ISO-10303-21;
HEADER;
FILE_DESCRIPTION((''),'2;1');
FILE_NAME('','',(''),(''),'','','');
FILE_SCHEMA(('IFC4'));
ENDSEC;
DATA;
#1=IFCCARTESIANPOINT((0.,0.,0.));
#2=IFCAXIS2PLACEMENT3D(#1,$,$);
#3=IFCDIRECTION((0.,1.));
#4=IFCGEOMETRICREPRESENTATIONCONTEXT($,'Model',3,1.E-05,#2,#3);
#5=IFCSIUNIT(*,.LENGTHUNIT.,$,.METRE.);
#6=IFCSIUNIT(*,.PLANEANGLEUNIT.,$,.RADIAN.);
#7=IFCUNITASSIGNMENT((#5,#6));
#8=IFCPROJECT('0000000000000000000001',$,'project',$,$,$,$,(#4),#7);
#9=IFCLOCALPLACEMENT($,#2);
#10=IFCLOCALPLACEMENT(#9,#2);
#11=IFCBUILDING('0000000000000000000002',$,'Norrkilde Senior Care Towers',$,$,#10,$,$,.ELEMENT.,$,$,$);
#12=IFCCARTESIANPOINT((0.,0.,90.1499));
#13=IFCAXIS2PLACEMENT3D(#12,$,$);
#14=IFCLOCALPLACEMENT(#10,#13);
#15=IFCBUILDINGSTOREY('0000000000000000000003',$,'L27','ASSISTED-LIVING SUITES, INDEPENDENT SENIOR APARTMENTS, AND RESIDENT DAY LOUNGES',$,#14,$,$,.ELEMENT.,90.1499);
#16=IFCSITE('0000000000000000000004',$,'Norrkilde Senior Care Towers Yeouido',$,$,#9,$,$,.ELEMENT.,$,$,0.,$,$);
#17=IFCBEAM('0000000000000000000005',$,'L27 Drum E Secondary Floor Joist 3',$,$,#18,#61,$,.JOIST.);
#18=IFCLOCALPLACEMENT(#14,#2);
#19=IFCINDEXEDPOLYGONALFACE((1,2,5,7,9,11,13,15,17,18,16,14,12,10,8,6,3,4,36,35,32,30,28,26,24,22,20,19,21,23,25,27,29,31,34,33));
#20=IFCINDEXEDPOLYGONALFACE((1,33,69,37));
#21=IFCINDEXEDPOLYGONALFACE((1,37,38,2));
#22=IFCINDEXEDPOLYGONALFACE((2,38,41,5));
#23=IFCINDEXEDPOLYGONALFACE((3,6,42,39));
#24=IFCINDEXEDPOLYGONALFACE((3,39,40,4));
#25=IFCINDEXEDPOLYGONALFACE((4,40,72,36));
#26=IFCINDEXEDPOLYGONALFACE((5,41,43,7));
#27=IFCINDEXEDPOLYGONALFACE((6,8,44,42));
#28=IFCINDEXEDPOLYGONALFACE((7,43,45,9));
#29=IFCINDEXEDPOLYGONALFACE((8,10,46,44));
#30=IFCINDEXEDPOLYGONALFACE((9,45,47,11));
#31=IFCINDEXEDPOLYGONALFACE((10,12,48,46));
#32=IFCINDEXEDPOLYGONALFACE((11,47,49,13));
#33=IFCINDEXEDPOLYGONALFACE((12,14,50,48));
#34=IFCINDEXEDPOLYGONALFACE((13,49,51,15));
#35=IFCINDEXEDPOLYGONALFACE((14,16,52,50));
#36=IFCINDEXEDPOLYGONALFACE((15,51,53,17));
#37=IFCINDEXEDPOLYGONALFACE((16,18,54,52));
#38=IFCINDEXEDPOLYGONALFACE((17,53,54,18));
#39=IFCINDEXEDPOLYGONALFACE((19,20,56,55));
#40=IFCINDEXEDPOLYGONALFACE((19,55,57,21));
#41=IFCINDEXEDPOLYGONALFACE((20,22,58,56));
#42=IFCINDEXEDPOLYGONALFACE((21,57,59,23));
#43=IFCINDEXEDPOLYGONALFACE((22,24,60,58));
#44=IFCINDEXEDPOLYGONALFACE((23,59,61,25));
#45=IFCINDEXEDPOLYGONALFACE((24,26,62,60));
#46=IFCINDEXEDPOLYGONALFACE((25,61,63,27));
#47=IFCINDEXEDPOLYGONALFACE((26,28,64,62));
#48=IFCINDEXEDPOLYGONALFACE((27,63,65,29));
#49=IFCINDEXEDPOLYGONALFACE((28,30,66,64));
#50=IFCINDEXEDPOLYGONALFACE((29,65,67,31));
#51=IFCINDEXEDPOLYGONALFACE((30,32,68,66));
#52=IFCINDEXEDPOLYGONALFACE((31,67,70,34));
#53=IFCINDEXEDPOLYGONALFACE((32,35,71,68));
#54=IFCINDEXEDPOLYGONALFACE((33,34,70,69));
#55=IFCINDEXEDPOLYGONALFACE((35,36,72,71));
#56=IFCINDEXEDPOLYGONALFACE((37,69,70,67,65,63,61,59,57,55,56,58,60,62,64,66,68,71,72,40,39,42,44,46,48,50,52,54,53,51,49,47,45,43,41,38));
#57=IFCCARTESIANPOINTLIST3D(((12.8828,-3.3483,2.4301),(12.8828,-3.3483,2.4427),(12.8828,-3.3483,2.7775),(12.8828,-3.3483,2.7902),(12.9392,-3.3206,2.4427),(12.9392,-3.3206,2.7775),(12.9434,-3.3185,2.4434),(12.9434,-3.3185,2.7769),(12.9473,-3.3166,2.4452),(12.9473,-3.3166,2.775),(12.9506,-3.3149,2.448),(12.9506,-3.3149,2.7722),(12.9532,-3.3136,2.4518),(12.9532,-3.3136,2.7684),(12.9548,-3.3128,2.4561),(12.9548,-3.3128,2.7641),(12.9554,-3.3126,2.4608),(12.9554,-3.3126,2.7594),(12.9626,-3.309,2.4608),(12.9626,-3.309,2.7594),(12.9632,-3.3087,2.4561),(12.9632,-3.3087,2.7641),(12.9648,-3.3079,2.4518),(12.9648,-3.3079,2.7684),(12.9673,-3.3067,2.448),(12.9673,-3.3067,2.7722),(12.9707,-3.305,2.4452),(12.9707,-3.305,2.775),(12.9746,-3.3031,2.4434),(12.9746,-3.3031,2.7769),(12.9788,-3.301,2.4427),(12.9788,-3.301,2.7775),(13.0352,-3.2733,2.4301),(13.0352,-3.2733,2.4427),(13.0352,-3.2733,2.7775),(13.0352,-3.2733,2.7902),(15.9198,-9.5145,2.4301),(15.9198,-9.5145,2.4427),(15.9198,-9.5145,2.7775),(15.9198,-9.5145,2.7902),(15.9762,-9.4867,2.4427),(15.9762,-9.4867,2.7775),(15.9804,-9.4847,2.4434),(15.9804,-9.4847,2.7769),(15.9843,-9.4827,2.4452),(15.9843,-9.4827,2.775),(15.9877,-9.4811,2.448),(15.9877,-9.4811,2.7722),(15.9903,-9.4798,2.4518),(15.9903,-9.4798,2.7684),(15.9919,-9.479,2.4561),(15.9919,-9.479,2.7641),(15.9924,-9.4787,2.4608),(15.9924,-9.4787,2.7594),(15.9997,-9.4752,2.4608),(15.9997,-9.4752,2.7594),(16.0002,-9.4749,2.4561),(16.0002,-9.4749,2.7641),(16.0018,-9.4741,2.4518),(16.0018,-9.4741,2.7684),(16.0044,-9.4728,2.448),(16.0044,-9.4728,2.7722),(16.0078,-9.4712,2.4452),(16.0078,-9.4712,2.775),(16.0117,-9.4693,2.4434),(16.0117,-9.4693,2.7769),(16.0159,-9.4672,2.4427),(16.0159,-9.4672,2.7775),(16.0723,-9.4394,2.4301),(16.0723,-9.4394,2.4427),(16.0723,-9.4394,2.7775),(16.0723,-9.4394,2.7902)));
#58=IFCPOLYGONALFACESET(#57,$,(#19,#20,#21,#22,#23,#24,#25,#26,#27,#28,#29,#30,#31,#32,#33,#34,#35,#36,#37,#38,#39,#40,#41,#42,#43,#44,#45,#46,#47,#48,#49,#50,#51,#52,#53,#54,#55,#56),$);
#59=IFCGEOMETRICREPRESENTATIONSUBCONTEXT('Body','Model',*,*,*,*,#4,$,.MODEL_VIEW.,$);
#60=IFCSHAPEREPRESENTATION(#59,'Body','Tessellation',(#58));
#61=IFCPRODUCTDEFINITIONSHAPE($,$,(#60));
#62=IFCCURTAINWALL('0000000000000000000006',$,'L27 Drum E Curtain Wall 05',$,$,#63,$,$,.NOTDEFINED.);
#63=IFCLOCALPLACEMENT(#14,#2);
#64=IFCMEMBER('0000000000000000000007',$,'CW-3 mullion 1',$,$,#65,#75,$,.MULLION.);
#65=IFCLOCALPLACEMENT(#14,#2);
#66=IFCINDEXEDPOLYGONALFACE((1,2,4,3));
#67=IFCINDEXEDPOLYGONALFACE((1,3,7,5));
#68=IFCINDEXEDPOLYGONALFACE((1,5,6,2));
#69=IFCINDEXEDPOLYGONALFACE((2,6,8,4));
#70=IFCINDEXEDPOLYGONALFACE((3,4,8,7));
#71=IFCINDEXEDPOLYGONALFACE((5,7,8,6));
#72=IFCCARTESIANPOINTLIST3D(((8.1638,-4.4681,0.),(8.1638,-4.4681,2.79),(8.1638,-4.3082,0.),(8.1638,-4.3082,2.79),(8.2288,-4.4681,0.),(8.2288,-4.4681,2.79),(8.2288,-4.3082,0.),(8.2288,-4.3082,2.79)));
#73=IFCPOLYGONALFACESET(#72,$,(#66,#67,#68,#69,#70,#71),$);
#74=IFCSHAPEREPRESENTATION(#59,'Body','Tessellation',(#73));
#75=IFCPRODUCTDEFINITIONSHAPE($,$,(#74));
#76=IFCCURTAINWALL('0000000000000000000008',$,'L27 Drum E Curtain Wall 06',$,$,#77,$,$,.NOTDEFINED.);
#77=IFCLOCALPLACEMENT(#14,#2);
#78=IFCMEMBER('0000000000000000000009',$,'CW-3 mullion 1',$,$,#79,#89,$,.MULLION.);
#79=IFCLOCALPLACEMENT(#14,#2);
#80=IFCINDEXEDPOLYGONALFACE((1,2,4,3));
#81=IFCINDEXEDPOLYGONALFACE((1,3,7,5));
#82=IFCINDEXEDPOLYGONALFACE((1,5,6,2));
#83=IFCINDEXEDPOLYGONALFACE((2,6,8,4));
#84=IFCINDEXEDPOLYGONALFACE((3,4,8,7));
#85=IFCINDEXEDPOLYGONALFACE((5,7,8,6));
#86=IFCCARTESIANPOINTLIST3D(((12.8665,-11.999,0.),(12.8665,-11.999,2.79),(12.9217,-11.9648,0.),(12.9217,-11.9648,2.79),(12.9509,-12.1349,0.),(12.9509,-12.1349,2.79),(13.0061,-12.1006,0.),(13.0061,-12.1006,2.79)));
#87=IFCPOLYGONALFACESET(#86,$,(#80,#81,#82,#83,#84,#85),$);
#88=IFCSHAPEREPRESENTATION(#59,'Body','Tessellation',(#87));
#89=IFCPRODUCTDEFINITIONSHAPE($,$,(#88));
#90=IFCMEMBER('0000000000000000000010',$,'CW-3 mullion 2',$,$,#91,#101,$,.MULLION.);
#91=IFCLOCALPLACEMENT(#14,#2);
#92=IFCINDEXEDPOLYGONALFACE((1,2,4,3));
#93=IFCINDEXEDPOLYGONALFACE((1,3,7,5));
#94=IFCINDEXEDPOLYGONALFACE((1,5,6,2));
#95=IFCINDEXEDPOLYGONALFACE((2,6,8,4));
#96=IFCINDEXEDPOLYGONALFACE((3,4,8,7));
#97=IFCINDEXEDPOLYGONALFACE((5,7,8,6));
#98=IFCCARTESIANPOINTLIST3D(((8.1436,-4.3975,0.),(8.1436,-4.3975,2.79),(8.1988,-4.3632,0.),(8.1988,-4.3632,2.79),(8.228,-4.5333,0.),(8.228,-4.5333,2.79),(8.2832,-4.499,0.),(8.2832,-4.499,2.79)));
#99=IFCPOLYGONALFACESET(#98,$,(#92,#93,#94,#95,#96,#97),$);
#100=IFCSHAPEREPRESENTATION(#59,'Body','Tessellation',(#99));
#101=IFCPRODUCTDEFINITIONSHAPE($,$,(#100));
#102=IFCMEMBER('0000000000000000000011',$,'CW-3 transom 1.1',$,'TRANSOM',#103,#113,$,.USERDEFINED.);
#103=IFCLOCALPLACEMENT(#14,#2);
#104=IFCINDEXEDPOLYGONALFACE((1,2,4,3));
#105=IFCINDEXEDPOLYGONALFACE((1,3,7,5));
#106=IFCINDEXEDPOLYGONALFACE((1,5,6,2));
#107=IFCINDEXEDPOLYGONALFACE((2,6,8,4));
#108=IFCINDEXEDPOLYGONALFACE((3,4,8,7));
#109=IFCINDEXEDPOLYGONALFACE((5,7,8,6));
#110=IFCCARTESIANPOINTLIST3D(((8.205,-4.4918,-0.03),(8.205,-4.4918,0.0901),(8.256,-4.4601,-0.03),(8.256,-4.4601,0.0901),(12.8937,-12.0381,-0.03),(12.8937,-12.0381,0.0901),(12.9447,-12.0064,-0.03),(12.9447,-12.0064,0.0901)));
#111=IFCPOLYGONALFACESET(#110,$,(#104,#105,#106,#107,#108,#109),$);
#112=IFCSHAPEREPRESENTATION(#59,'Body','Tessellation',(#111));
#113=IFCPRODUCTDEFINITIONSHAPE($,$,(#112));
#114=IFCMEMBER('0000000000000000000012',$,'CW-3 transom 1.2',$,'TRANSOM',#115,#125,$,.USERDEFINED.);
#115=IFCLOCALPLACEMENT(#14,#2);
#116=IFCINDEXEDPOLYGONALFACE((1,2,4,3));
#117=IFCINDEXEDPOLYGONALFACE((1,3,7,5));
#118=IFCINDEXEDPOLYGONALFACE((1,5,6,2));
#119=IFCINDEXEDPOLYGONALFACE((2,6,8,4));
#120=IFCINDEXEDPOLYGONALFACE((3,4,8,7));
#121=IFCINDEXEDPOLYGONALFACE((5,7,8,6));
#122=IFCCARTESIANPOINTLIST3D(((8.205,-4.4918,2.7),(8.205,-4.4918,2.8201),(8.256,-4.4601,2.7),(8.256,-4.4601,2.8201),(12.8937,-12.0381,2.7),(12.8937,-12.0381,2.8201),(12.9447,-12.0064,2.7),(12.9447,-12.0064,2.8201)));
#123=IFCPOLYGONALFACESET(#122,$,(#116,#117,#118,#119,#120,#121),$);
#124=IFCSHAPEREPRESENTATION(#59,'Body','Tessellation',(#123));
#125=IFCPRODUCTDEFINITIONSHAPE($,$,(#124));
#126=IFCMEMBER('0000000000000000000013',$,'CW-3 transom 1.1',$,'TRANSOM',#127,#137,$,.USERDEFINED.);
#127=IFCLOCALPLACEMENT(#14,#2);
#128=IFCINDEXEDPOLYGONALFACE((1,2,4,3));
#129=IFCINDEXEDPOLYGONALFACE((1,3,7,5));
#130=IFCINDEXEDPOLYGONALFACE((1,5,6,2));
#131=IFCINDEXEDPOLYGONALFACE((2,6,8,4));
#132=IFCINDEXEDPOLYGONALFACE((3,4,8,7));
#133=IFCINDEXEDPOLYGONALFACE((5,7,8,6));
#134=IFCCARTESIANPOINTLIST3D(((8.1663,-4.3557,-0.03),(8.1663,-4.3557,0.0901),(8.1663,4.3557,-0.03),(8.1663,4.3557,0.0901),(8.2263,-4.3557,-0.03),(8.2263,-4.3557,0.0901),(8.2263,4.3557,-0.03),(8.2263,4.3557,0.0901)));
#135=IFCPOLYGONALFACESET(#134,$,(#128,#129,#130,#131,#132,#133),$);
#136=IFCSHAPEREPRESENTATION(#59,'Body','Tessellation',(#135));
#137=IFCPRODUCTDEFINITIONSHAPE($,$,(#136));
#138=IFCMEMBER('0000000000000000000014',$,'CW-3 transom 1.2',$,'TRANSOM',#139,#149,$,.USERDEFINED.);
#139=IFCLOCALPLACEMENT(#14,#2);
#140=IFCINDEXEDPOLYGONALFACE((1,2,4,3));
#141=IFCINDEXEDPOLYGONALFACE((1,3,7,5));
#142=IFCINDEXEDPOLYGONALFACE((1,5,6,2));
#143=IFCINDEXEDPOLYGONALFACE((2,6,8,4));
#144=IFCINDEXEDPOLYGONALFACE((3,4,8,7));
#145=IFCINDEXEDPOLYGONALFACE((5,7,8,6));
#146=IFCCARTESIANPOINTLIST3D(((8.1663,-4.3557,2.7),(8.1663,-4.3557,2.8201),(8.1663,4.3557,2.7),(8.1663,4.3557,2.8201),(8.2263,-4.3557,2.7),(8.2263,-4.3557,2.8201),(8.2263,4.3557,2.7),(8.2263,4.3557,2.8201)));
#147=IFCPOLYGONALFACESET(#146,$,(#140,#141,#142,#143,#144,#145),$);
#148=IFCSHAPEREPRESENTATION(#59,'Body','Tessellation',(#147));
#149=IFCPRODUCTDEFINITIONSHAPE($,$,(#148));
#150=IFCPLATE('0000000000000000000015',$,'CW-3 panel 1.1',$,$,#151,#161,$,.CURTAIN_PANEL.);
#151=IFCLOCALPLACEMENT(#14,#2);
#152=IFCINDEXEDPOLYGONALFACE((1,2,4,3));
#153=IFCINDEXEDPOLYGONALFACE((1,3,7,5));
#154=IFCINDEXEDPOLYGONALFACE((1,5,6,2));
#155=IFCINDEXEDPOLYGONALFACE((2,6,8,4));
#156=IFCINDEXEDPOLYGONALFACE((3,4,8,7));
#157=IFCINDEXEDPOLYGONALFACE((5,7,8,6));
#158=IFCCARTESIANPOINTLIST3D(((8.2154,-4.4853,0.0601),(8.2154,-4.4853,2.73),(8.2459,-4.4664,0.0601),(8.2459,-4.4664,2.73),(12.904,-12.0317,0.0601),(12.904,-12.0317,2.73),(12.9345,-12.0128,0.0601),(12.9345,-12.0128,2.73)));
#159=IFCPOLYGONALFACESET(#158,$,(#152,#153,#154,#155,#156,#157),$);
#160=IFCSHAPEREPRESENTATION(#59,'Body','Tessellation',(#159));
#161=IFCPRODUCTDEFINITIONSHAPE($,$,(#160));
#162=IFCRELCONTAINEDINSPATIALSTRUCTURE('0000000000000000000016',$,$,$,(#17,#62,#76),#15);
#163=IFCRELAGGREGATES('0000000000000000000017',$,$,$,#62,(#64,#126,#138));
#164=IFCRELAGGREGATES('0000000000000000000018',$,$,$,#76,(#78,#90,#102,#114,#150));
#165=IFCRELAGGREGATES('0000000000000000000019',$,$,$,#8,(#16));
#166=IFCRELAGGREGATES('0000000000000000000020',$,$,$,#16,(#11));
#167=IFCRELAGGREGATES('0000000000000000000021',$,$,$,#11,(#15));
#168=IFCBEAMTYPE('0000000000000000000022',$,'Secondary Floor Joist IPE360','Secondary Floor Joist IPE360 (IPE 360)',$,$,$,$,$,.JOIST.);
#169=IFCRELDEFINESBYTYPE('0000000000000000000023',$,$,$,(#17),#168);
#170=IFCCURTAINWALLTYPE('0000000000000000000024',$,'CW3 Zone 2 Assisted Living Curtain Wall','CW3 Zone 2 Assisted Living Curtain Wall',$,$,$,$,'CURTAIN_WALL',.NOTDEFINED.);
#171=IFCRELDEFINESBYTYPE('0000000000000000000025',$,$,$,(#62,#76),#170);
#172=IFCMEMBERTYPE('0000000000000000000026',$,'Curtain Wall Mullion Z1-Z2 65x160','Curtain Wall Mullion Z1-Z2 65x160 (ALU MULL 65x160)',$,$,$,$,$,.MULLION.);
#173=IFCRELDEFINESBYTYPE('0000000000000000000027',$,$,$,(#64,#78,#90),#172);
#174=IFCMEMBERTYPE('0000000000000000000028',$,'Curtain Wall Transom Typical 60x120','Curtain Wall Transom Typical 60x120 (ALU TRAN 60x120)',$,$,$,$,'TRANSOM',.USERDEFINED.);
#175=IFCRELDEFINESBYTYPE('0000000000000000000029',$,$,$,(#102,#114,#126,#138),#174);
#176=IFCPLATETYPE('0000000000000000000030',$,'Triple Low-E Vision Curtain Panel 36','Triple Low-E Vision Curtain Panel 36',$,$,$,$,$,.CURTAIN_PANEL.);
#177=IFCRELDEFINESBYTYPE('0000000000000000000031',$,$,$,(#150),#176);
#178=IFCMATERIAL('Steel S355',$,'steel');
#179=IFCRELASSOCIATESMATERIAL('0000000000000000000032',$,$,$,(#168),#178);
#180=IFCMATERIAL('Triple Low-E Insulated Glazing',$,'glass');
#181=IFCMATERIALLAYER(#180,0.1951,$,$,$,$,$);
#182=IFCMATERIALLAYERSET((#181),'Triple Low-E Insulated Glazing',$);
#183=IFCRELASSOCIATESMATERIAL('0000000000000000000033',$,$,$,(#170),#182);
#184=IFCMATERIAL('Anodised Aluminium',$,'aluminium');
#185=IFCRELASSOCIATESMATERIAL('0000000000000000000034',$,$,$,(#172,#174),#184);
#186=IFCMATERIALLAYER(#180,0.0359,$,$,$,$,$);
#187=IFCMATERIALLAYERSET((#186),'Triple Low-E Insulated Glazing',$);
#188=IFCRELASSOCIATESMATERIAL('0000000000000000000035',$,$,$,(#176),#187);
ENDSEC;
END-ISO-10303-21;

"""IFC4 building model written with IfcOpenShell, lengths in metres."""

from ifc_helpers import new_model, si_unit, direction, frame, origin, origin_2d, place, context, subcontext, project, spatial, rectangle, i_section, extrude, source, transform, mapped, material, layer, layer_set, material_profile, profile_set, type_object, type_shapes, element, aggregate, save


model = new_model("IFC4")

# Units and contexts
model_context = context("Model", 3, precision=1e-05, world=origin(), true_north=direction((0.0, 1.0)))
body_context = subcontext(model_context, "Body", "Model", "MODEL_VIEW")
ifc_project = project(units=[si_unit("LENGTHUNIT", "METRE"), si_unit("PLANEANGLEUNIT", "RADIAN")], contexts=[model_context])

# Site, building, storey
site_placement = place(None, origin())
site = spatial("IfcSite", under=ifc_project, at=site_placement, Name="Norrkilde Senior Care Towers Yeouido", CompositionType="ELEMENT", RefElevation=0.0)
building_placement = place(site_placement, origin())
building = spatial("IfcBuilding", under=site, at=building_placement, Name="Norrkilde Senior Care Towers", CompositionType="ELEMENT")
storey_placement = place(building_placement, frame((0.0, 0.0, 90.1499)))
storey = spatial("IfcBuildingStorey", under=building, at=storey_placement, Name="L27", Description="ASSISTED-LIVING SUITES, INDEPENDENT SENIOR APARTMENTS, AND RESIDENT DAY LOUNGES", CompositionType="ELEMENT", Elevation=90.1499)

# Beam
ifc_material_1 = material(Name="Steel S355", Category="steel")
ifc_material_profile_1 = material_profile(ifc_material_1, i_section(OverallWidth=0.1699, OverallDepth=0.3601, WebThickness=0.0081, FlangeThickness=0.0127, FilletRadius=0.0181, at=origin_2d()), Name="IPE 360")
ifc_profile_set_1 = profile_set([ifc_material_profile_1], Name="Steel S355")
beam_type_1 = type_object("IfcBeamType", Name="Secondary Floor Joist IPE360", Description="Secondary Floor Joist IPE360 (IPE 360)", PredefinedType="JOIST", material=ifc_profile_set_1)
shared_shape_1 = source(origin(), body_context, "Body", "SweptSolid", [
    extrude(i_section(OverallWidth=0.1699, OverallDepth=0.3601, WebThickness=0.0081, FlangeThickness=0.0127, FilletRadius=0.0181, at=origin_2d()), origin(), (0.0, 0.0, 1.0), 6.8735),
])
type_shapes(beam_type_1, [shared_shape_1])
beam_1_placement = place(storey_placement, frame((12.959, -3.3108, 2.6101), z_axis=(0.441849, -0.897089, 0.0), x_axis=(0.897089, 0.441849, 0.0)))
element("IfcBeam", 1, at=beam_1_placement, inside=storey, type_object=beam_type_1, Name="L27 Drum E Secondary Floor Joist 3", PredefinedType="JOIST", context=body_context, shape_type="MappedRepresentation", body=[
    mapped(shared_shape_1, transform((0.0, 0.0, 0.0), x_axis=(1.0, 0.0, 0.0), y_axis=(0.0, 1.0, 0.0), z_axis=(0.0, 0.0, 1.0), scale=1.0)),
])

# Curtain wall, member
ifc_material_2 = material(Name="Triple Low-E Insulated Glazing", Category="glass")
ifc_layer_1 = layer(ifc_material_2, 0.1951)
ifc_layer_set_1 = layer_set([ifc_layer_1], Name="Triple Low-E Insulated Glazing")
curtain_wall_type = type_object("IfcCurtainWallType", Name="CW3 Zone 2 Assisted Living Curtain Wall", Description="CW3 Zone 2 Assisted Living Curtain Wall", ElementType="CURTAIN_WALL", PredefinedType="NOTDEFINED", material=ifc_layer_set_1)
curtain_wall_1_placement = place(storey_placement, origin())
curtain_wall_1 = element("IfcCurtainWall", 2, at=curtain_wall_1_placement, inside=storey, type_object=curtain_wall_type, Name="L27 Drum E Curtain Wall 05", PredefinedType="NOTDEFINED")
ifc_material_3 = material(Name="Anodised Aluminium", Category="aluminium")
ifc_material_profile_2 = material_profile(ifc_material_3, rectangle(XDim=0.0649, YDim=0.1599, at=origin_2d()), Name="ALU MULL 65x160")
ifc_profile_set_2 = profile_set([ifc_material_profile_2], Name="Anodised Aluminium")
member_type_1 = type_object("IfcMemberType", Name="Curtain Wall Mullion Z1-Z2 65x160", Description="Curtain Wall Mullion Z1-Z2 65x160 (ALU MULL 65x160)", PredefinedType="MULLION", material=ifc_profile_set_2)
shared_shape_2 = source(origin(), body_context, "Body", "SweptSolid", [
    extrude(rectangle(XDim=0.0649, YDim=0.1599, at=origin_2d()), origin(), (0.0, 0.0, 1.0), 2.79),
])
type_shapes(member_type_1, [shared_shape_2])
member_1_placement = place(storey_placement, frame((8.1963, -4.3882, 0.0), z_axis=(0.0, 0.0, 1.0), x_axis=(-1.0, 0.0, 0.0)))
member_1 = element("IfcMember", 3, at=member_1_placement, type_object=member_type_1, Name="CW-3 mullion 1", PredefinedType="MULLION", context=body_context, shape_type="MappedRepresentation", body=[
    mapped(shared_shape_2, transform((0.0, 0.0, 0.0), x_axis=(1.0, 0.0, 0.0), y_axis=(0.0, 1.0, 0.0), z_axis=(0.0, 0.0, 1.0), scale=1.0)),
])

# Curtain wall, members
curtain_wall_2_placement = place(storey_placement, origin())
curtain_wall_2 = element("IfcCurtainWall", 4, at=curtain_wall_2_placement, inside=storey, type_object=curtain_wall_type, Name="L27 Drum E Curtain Wall 06", PredefinedType="NOTDEFINED")
member_2_placement = place(storey_placement, frame((12.9363, -12.0498, 0.0), z_axis=(0.0, 0.0, 1.0), x_axis=(-0.84941, -0.527733, 0.0)))
member_2 = element("IfcMember", 5, at=member_2_placement, type_object=member_type_1, Name="CW-3 mullion 1", PredefinedType="MULLION", context=body_context, shape_type="MappedRepresentation", body=[
    mapped(shared_shape_2, transform((0.0, 0.0, 0.0), x_axis=(1.0, 0.0, 0.0), y_axis=(0.0, 1.0, 0.0), z_axis=(0.0, 0.0, 1.0), scale=1.0)),
])
member_3_placement = place(storey_placement, frame((8.2134, -4.4482, 0.0), z_axis=(0.0, 0.0, 1.0), x_axis=(-0.84941, -0.527733, 0.0)))
member_3 = element("IfcMember", 6, at=member_3_placement, type_object=member_type_1, Name="CW-3 mullion 2", PredefinedType="MULLION", context=body_context, shape_type="MappedRepresentation", body=[
    mapped(shared_shape_2, transform((0.0, 0.0, 0.0), x_axis=(1.0, 0.0, 0.0), y_axis=(0.0, 1.0, 0.0), z_axis=(0.0, 0.0, 1.0), scale=1.0)),
])
ifc_material_profile_3 = material_profile(ifc_material_3, rectangle(XDim=0.0601, YDim=0.1201, at=origin_2d()), Name="ALU TRAN 60x120")
ifc_profile_set_3 = profile_set([ifc_material_profile_3], Name="Anodised Aluminium")
member_type_2 = type_object("IfcMemberType", Name="Curtain Wall Transom Typical 60x120", Description="Curtain Wall Transom Typical 60x120 (ALU TRAN 60x120)", ElementType="TRANSOM", PredefinedType="USERDEFINED", material=ifc_profile_set_3)
shared_shape_3 = source(origin(), body_context, "Body", "SweptSolid", [
    extrude(rectangle(XDim=0.0601, YDim=0.1201, at=origin_2d()), origin(), (0.0, 0.0, 1.0), 8.8843),
])
member_4_placement = place(storey_placement, frame((12.9192, -12.0222, 0.03), z_axis=(-0.527749, 0.8494, 0.0), x_axis=(-0.8494, -0.527749, 0.0)))
member_4 = element("IfcMember", 7, at=member_4_placement, type_object=member_type_2, Name="CW-3 transom 1.1", ObjectType="TRANSOM", PredefinedType="USERDEFINED", context=body_context, shape_type="MappedRepresentation", body=[
    mapped(shared_shape_3, transform((0.0, 0.0, 0.0), x_axis=(1.0, 0.0, 0.0), y_axis=(0.0, 1.0, 0.0), z_axis=(0.0, 0.0, 1.0), scale=1.0)),
])
member_5_placement = place(storey_placement, frame((12.9192, -12.0222, 2.76), z_axis=(-0.527749, 0.8494, 0.0), x_axis=(-0.8494, -0.527749, 0.0)))
member_5 = element("IfcMember", 8, at=member_5_placement, type_object=member_type_2, Name="CW-3 transom 1.2", ObjectType="TRANSOM", PredefinedType="USERDEFINED", context=body_context, shape_type="MappedRepresentation", body=[
    mapped(shared_shape_3, transform((0.0, 0.0, 0.0), x_axis=(1.0, 0.0, 0.0), y_axis=(0.0, 1.0, 0.0), z_axis=(0.0, 0.0, 1.0), scale=1.0)),
])

# Members
shared_shape_4 = source(origin(), body_context, "Body", "SweptSolid", [
    extrude(rectangle(XDim=0.0601, YDim=0.1201, at=origin_2d()), origin(), (0.0, 0.0, 1.0), 8.7114),
])
type_shapes(member_type_2, [shared_shape_3, shared_shape_4])
member_6_placement = place(storey_placement, frame((8.1963, -4.3557, 0.03), z_axis=(0.0, 1.0, 0.0), x_axis=(-1.0, 0.0, 0.0)))
member_6 = element("IfcMember", 9, at=member_6_placement, type_object=member_type_2, Name="CW-3 transom 1.1", ObjectType="TRANSOM", PredefinedType="USERDEFINED", context=body_context, shape_type="MappedRepresentation", body=[
    mapped(shared_shape_4, transform((0.0, 0.0, 0.0), x_axis=(1.0, 0.0, 0.0), y_axis=(0.0, 1.0, 0.0), z_axis=(0.0, 0.0, 1.0), scale=1.0)),
])
member_7_placement = place(storey_placement, frame((8.1963, -4.3557, 2.76), z_axis=(0.0, 1.0, 0.0), x_axis=(-1.0, 0.0, 0.0)))
member_7 = element("IfcMember", 10, at=member_7_placement, type_object=member_type_2, Name="CW-3 transom 1.2", ObjectType="TRANSOM", PredefinedType="USERDEFINED", context=body_context, shape_type="MappedRepresentation", body=[
    mapped(shared_shape_4, transform((0.0, 0.0, 0.0), x_axis=(1.0, 0.0, 0.0), y_axis=(0.0, 1.0, 0.0), z_axis=(0.0, 0.0, 1.0), scale=1.0)),
])
aggregate(curtain_wall_1, [member_1, member_6, member_7])

# Plate
ifc_layer_2 = layer(ifc_material_2, 0.0359)
ifc_layer_set_2 = layer_set([ifc_layer_2], Name="Triple Low-E Insulated Glazing")
plate_type = type_object("IfcPlateType", Name="Triple Low-E Vision Curtain Panel 36", Description="Triple Low-E Vision Curtain Panel 36", PredefinedType="CURTAIN_PANEL", material=ifc_layer_set_2)
shared_shape_5 = source(origin(), body_context, "Body", "SweptSolid", [
    extrude(rectangle(XDim=8.8843, YDim=0.0359, at=origin_2d()), origin(), (0.0, 0.0, 1.0), 2.6699),
])
type_shapes(plate_type, [shared_shape_5])
plate_placement = place(storey_placement, frame((10.575, -8.249, 0.0601), z_axis=(0.0, 0.0, 1.0), x_axis=(-0.527733, 0.84941, 0.0)))
plate = element("IfcPlate", 11, at=plate_placement, type_object=plate_type, Name="CW-3 panel 1.1", PredefinedType="CURTAIN_PANEL", context=body_context, shape_type="MappedRepresentation", body=[
    mapped(shared_shape_5, transform((0.0, 0.0, 0.0), x_axis=(1.0, 0.0, 0.0), y_axis=(0.0, 1.0, 0.0), z_axis=(0.0, 0.0, 1.0), scale=1.0)),
])
aggregate(curtain_wall_2, [member_2, member_3, member_4, member_5, plate])

save(model, "model.ifc")
